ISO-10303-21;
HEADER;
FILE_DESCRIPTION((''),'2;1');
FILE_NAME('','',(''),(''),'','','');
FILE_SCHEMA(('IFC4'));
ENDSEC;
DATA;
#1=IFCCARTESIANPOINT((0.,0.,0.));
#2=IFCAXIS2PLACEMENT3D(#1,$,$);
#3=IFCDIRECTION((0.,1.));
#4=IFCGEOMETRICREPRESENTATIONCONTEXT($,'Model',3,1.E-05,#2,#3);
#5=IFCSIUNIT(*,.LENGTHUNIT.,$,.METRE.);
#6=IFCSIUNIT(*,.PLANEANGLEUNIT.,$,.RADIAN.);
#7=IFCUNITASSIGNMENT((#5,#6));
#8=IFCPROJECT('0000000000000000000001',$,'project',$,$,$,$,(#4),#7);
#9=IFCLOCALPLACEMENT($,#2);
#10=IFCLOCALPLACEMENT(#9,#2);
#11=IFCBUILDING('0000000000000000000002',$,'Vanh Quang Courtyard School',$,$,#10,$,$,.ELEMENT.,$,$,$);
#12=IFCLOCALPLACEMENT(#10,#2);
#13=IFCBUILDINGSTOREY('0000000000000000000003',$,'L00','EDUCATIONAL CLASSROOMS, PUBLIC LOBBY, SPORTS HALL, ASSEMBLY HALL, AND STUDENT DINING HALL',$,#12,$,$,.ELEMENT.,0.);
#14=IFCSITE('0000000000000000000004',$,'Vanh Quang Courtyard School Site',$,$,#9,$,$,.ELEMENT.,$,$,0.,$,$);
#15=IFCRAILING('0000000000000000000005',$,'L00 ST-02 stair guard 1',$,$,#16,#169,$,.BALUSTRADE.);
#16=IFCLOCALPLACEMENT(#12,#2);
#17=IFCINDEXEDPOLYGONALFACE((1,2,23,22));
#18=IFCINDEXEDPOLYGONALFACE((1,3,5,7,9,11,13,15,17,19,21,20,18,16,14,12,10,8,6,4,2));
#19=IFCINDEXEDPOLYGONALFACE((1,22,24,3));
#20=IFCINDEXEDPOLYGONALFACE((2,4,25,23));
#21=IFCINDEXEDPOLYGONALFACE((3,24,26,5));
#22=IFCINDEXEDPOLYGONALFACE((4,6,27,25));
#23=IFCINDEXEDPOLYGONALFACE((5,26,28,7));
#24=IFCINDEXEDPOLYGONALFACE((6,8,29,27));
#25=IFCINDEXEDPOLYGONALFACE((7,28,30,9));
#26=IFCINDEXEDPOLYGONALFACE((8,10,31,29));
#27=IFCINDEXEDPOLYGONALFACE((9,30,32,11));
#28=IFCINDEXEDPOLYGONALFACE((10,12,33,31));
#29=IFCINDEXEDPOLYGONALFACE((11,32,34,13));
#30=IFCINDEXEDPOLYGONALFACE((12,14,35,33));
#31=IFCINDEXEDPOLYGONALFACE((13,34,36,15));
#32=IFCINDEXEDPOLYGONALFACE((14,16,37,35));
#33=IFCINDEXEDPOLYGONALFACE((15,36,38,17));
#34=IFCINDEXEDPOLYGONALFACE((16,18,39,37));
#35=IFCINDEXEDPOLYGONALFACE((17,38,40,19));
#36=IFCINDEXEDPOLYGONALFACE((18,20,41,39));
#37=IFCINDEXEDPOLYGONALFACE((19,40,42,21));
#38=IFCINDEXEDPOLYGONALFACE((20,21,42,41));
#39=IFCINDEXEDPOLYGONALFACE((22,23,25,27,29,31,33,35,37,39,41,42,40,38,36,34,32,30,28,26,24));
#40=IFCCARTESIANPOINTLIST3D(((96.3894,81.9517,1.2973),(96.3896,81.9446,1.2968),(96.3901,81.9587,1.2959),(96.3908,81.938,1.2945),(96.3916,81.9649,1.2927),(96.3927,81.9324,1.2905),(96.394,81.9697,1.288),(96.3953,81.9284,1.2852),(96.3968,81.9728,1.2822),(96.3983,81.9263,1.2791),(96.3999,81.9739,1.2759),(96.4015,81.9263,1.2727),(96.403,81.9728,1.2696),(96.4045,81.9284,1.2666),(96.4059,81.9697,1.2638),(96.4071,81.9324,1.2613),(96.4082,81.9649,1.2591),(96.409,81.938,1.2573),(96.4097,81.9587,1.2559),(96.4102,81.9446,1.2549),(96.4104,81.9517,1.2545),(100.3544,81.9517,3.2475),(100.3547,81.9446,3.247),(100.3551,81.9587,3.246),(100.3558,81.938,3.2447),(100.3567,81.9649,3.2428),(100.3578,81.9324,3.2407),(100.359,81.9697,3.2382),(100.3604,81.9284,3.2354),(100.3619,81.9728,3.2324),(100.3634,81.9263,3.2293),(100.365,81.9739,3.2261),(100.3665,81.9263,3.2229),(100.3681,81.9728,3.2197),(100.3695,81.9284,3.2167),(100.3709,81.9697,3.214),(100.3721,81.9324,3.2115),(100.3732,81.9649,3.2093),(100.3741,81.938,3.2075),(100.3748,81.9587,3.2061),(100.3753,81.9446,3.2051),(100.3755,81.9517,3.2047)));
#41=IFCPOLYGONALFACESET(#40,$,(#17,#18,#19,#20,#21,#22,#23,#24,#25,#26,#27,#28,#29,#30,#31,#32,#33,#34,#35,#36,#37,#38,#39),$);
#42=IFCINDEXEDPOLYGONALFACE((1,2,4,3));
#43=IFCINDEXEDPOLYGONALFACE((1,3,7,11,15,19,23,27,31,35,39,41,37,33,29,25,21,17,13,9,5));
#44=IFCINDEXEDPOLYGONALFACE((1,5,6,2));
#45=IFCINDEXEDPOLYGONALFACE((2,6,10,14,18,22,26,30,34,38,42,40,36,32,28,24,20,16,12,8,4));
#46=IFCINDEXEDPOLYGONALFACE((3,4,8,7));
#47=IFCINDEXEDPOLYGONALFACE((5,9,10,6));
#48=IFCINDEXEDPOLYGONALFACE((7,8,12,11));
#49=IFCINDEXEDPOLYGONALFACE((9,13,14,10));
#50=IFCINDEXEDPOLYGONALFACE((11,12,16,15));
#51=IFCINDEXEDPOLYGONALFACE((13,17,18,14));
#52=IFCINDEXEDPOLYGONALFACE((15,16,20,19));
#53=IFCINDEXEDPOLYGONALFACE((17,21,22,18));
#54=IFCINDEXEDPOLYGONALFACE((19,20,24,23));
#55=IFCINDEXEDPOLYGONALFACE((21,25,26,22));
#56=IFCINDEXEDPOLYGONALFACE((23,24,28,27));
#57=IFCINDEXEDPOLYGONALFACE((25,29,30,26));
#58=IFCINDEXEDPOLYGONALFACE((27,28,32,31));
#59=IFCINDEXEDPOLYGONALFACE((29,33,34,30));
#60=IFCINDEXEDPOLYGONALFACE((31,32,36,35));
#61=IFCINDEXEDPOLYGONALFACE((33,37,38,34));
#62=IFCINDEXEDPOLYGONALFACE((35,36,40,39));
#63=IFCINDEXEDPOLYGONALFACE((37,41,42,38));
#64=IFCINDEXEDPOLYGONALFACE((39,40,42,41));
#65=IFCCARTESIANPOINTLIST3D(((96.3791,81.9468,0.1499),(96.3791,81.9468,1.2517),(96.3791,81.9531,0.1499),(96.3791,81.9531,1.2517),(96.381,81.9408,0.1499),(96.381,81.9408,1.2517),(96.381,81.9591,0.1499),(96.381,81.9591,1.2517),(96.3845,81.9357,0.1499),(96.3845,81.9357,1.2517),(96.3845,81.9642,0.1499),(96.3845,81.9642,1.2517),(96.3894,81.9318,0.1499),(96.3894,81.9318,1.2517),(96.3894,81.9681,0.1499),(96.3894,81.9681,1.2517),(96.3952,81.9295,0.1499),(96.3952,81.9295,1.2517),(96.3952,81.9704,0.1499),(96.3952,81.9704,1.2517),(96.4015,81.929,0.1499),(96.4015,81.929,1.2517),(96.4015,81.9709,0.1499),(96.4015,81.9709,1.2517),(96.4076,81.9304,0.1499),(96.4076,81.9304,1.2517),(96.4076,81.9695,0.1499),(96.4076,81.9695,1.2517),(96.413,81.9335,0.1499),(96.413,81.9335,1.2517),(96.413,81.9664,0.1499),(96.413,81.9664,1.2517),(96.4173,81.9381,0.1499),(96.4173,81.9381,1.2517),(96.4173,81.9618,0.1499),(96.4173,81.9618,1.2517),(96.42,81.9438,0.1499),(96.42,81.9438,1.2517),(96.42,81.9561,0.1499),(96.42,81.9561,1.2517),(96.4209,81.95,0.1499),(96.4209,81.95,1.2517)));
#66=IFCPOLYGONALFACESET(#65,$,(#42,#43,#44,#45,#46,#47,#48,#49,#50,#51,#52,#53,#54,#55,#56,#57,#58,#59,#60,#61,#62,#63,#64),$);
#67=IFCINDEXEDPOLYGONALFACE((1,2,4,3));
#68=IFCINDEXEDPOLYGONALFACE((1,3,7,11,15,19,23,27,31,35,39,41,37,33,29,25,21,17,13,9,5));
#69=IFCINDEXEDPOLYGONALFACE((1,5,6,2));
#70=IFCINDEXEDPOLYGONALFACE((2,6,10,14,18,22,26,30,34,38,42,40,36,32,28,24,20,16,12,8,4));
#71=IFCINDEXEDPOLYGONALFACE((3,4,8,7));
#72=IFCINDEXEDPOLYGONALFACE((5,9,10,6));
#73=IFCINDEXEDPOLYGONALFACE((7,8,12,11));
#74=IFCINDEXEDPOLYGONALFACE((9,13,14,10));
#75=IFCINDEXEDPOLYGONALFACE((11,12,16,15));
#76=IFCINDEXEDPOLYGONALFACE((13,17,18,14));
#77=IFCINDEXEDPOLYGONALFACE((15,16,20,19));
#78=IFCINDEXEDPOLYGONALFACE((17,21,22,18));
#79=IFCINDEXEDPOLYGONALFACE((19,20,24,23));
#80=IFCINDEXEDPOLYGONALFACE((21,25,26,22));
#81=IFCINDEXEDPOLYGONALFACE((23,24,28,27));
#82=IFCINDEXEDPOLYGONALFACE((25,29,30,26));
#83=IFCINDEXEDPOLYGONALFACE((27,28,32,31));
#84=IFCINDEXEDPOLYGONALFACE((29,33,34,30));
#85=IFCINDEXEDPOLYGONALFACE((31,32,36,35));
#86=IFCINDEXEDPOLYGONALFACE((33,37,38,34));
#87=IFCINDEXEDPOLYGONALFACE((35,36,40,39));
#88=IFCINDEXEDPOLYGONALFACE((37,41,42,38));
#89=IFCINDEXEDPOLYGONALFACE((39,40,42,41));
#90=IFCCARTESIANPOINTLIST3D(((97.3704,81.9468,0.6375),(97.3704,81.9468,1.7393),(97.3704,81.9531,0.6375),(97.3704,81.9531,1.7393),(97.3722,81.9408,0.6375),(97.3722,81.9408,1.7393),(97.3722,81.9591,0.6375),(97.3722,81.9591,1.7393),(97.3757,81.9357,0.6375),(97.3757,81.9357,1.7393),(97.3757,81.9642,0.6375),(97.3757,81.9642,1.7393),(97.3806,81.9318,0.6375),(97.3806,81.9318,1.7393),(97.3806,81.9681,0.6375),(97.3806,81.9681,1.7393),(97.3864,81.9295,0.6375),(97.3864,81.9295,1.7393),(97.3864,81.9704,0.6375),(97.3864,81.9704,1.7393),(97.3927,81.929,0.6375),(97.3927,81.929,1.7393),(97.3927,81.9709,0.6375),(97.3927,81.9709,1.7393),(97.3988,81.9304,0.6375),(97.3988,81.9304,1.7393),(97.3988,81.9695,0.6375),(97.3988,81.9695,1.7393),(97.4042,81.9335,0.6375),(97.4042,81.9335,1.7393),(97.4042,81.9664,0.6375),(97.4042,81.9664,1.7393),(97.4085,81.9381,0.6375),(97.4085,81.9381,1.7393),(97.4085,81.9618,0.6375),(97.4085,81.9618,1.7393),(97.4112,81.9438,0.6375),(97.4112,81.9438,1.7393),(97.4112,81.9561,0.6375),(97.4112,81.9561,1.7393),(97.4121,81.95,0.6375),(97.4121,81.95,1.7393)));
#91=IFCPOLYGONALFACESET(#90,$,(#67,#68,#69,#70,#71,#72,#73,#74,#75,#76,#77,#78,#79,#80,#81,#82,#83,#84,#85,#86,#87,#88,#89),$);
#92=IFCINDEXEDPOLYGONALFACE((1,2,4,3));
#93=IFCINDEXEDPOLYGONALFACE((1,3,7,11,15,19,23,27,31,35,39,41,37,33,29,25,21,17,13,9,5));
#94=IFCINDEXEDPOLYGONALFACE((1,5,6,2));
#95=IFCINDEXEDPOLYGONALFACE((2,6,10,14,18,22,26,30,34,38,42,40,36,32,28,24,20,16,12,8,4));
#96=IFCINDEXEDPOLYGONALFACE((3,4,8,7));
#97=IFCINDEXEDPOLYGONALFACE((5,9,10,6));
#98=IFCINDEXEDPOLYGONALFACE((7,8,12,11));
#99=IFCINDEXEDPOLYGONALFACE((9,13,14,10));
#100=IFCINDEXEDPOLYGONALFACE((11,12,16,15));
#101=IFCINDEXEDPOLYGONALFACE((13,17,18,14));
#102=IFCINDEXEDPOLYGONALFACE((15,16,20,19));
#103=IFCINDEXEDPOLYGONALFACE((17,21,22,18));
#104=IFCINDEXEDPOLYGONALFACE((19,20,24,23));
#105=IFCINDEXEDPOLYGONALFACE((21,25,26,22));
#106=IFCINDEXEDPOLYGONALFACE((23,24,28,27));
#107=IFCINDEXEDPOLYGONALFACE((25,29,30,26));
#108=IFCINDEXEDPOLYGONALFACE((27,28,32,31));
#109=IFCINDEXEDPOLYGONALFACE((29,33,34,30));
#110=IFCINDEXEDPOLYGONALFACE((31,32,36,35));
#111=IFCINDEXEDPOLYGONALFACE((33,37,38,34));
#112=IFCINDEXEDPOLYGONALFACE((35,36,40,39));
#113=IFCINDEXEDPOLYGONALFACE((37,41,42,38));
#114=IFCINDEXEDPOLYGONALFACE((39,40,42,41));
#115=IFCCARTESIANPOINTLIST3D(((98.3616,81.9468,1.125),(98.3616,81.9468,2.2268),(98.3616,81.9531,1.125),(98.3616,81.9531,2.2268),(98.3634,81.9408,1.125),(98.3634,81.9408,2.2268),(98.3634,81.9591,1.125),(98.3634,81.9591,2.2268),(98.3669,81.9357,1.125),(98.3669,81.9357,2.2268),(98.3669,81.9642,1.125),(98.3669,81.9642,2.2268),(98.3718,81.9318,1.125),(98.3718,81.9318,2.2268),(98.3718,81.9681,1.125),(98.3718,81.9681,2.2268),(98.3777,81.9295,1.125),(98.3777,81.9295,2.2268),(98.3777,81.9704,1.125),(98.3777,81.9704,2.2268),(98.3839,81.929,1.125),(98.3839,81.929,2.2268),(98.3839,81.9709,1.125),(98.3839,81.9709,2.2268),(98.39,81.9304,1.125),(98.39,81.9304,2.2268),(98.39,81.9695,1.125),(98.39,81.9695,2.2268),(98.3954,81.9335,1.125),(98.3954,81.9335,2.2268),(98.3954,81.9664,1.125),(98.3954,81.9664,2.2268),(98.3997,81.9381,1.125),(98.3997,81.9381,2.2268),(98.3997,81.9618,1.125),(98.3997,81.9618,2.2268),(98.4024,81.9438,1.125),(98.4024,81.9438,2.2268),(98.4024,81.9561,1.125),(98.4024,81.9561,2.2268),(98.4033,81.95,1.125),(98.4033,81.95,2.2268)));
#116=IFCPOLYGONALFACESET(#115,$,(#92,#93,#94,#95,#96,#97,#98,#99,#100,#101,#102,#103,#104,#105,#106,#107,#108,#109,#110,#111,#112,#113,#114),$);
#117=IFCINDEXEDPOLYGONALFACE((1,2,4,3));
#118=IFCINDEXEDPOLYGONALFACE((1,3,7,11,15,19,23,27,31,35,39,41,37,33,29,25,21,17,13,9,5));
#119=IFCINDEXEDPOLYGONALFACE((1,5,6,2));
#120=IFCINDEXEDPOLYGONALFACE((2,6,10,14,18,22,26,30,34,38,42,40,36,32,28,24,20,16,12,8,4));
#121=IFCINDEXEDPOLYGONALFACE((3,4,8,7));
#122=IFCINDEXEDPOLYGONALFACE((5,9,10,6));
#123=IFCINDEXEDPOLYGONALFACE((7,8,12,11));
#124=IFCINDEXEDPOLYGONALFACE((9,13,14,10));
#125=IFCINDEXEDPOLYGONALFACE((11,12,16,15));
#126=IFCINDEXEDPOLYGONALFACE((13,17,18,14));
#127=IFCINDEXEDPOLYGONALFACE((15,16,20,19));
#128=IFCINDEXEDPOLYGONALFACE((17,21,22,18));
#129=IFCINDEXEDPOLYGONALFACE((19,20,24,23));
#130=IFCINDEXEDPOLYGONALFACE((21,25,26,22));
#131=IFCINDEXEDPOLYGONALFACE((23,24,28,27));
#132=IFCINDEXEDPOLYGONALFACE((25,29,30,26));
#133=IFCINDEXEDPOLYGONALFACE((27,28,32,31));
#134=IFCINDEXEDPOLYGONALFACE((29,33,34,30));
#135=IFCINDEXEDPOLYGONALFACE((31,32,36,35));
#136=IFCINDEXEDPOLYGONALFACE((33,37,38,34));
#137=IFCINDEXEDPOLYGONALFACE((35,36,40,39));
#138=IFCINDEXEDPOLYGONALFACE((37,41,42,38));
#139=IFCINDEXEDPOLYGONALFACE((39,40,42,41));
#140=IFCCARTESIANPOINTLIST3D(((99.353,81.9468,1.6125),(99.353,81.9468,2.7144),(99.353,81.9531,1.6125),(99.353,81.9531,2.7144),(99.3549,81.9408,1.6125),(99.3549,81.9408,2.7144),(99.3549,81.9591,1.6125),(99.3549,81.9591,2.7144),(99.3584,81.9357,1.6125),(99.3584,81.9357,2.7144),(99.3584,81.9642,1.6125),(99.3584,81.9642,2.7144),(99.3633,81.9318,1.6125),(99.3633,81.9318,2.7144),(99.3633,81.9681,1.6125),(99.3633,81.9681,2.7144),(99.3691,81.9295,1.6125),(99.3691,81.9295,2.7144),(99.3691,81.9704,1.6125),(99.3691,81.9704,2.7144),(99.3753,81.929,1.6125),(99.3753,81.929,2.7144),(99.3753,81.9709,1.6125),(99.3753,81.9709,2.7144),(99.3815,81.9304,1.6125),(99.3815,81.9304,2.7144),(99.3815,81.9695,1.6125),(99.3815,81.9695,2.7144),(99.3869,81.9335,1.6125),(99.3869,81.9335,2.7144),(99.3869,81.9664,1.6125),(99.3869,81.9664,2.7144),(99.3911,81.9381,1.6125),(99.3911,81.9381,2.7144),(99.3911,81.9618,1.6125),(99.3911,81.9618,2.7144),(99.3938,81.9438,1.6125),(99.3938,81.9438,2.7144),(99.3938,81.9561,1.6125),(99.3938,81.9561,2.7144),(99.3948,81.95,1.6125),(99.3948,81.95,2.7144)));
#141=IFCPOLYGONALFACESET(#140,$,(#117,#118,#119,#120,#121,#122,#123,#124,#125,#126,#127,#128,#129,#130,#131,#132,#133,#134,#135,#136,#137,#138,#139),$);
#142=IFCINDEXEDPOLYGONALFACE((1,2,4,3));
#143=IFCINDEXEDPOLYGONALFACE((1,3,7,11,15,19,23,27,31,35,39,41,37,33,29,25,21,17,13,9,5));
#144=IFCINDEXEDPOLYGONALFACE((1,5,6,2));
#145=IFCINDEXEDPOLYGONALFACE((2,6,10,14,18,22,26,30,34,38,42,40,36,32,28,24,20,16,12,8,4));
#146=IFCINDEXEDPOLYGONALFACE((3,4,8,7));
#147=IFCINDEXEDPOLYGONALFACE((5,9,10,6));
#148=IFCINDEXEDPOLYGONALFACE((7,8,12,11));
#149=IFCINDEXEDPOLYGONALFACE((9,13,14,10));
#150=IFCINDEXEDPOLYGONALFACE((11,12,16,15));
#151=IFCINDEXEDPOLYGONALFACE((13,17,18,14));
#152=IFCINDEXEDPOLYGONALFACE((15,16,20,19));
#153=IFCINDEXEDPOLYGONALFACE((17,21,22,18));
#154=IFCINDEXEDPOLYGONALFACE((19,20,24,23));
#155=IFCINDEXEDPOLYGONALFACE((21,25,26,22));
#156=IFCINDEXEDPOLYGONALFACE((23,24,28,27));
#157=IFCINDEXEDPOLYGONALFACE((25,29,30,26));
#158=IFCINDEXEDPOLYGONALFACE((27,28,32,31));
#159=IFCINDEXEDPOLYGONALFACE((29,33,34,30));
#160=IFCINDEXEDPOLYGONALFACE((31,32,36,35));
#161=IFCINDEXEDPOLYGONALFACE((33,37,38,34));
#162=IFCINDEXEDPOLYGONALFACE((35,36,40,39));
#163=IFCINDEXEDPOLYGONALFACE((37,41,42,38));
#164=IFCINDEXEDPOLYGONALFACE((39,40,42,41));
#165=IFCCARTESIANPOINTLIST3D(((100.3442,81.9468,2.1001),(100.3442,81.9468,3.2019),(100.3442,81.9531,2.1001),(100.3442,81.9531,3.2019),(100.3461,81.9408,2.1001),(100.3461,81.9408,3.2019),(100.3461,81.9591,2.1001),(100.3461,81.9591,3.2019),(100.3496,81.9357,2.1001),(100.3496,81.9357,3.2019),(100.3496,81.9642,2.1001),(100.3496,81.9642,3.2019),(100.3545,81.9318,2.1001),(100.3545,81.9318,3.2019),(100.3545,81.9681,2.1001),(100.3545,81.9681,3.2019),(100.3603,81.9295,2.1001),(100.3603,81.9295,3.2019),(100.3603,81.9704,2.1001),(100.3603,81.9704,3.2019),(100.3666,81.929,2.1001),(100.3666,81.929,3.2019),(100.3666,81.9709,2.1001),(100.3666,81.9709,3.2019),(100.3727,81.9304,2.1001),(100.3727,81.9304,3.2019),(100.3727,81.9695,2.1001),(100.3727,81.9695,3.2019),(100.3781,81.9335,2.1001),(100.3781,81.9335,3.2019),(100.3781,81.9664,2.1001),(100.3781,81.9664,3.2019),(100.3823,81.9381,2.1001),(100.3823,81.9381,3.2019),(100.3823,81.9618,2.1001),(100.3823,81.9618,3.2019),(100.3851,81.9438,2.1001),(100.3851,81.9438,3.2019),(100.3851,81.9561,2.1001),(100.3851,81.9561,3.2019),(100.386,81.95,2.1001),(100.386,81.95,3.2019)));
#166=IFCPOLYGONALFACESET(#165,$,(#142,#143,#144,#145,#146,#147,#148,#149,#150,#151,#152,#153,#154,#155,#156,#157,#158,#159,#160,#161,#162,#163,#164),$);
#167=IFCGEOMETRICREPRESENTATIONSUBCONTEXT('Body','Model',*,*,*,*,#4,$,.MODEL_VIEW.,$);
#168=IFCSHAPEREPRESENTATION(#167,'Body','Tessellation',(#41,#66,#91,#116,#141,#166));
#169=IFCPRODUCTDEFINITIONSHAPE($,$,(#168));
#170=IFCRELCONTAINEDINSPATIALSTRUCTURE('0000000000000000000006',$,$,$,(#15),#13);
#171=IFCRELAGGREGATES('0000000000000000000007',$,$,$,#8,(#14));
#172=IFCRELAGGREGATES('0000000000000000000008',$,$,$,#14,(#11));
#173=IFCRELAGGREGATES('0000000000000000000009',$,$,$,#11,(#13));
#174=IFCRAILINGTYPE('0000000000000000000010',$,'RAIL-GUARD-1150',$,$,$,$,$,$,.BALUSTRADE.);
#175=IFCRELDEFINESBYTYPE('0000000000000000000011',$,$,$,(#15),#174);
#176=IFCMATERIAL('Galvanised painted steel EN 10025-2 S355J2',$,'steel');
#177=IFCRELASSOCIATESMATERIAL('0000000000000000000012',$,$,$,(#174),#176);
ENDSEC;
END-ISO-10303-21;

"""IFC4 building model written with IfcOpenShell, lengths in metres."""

from ifc_helpers import new_model, si_unit, direction, frame, origin, origin_2d, place, context, subcontext, project, spatial, circle, extrude, material, type_object, element, save


model = new_model("IFC4")

# Units and contexts
model_context = context("Model", 3, precision=1e-05, world=origin(), true_north=direction((0.0, 1.0)))
body_context = subcontext(model_context, "Body", "Model", "MODEL_VIEW")
ifc_project = project(units=[si_unit("LENGTHUNIT", "METRE"), si_unit("PLANEANGLEUNIT", "RADIAN")], contexts=[model_context])

# Site, building, storey
site_placement = place(None, origin())
site = spatial("IfcSite", under=ifc_project, at=site_placement, Name="Vanh Quang Courtyard School Site", CompositionType="ELEMENT", RefElevation=0.0)
building_placement = place(site_placement, origin())
building = spatial("IfcBuilding", under=site, at=building_placement, Name="Vanh Quang Courtyard School", CompositionType="ELEMENT")
storey_placement = place(building_placement, origin())
storey = spatial("IfcBuildingStorey", under=building, at=storey_placement, Name="L00", Description="EDUCATIONAL CLASSROOMS, PUBLIC LOBBY, SPORTS HALL, ASSEMBLY HALL, AND STUDENT DINING HALL", CompositionType="ELEMENT", Elevation=0.0)

# Railing
ifc_material_1 = material(Name="Galvanised painted steel EN 10025-2 S355J2", Category="steel")
railing_type_1 = type_object("IfcRailingType", Name="RAIL-GUARD-1150", PredefinedType="BALUSTRADE", material=ifc_material_1)
railing_1_placement = place(storey_placement, frame((96.3999, 81.95, 0.1499)))
element("IfcRailing", 1, at=railing_1_placement, inside=storey, type_object=railing_type_1, Name="L00 ST-02 stair guard 1", PredefinedType="BALUSTRADE", context=body_context, shape_type="SweptSolid", body=[
    extrude(circle(Radius=0.0239, at=origin_2d()), frame((0.0, 0.0, 1.126), z_axis=(0.897336, 0.0, 0.441347), x_axis=(0.0, 1.0, 0.0)), (0.0, 0.0, 1.0), 4.4187),
    extrude(circle(Radius=0.021, at=origin_2d()), origin(), (0.0, 0.0, 1.0), 1.1018),
    extrude(circle(Radius=0.021, at=origin_2d()), frame((0.9912, 0.0, 0.4875)), (0.0, 0.0, 1.0), 1.1018),
    extrude(circle(Radius=0.021, at=origin_2d()), frame((1.9824, 0.0, 0.9751)), (0.0, 0.0, 1.0), 1.1018),
    extrude(circle(Radius=0.021, at=origin_2d()), frame((2.9739, 0.0, 1.4626)), (0.0, 0.0, 1.0), 1.1018),
    extrude(circle(Radius=0.021, at=origin_2d()), frame((3.9651, 0.0, 1.9502)), (0.0, 0.0, 1.0), 1.1018),
])

save(model, "model.ifc")
